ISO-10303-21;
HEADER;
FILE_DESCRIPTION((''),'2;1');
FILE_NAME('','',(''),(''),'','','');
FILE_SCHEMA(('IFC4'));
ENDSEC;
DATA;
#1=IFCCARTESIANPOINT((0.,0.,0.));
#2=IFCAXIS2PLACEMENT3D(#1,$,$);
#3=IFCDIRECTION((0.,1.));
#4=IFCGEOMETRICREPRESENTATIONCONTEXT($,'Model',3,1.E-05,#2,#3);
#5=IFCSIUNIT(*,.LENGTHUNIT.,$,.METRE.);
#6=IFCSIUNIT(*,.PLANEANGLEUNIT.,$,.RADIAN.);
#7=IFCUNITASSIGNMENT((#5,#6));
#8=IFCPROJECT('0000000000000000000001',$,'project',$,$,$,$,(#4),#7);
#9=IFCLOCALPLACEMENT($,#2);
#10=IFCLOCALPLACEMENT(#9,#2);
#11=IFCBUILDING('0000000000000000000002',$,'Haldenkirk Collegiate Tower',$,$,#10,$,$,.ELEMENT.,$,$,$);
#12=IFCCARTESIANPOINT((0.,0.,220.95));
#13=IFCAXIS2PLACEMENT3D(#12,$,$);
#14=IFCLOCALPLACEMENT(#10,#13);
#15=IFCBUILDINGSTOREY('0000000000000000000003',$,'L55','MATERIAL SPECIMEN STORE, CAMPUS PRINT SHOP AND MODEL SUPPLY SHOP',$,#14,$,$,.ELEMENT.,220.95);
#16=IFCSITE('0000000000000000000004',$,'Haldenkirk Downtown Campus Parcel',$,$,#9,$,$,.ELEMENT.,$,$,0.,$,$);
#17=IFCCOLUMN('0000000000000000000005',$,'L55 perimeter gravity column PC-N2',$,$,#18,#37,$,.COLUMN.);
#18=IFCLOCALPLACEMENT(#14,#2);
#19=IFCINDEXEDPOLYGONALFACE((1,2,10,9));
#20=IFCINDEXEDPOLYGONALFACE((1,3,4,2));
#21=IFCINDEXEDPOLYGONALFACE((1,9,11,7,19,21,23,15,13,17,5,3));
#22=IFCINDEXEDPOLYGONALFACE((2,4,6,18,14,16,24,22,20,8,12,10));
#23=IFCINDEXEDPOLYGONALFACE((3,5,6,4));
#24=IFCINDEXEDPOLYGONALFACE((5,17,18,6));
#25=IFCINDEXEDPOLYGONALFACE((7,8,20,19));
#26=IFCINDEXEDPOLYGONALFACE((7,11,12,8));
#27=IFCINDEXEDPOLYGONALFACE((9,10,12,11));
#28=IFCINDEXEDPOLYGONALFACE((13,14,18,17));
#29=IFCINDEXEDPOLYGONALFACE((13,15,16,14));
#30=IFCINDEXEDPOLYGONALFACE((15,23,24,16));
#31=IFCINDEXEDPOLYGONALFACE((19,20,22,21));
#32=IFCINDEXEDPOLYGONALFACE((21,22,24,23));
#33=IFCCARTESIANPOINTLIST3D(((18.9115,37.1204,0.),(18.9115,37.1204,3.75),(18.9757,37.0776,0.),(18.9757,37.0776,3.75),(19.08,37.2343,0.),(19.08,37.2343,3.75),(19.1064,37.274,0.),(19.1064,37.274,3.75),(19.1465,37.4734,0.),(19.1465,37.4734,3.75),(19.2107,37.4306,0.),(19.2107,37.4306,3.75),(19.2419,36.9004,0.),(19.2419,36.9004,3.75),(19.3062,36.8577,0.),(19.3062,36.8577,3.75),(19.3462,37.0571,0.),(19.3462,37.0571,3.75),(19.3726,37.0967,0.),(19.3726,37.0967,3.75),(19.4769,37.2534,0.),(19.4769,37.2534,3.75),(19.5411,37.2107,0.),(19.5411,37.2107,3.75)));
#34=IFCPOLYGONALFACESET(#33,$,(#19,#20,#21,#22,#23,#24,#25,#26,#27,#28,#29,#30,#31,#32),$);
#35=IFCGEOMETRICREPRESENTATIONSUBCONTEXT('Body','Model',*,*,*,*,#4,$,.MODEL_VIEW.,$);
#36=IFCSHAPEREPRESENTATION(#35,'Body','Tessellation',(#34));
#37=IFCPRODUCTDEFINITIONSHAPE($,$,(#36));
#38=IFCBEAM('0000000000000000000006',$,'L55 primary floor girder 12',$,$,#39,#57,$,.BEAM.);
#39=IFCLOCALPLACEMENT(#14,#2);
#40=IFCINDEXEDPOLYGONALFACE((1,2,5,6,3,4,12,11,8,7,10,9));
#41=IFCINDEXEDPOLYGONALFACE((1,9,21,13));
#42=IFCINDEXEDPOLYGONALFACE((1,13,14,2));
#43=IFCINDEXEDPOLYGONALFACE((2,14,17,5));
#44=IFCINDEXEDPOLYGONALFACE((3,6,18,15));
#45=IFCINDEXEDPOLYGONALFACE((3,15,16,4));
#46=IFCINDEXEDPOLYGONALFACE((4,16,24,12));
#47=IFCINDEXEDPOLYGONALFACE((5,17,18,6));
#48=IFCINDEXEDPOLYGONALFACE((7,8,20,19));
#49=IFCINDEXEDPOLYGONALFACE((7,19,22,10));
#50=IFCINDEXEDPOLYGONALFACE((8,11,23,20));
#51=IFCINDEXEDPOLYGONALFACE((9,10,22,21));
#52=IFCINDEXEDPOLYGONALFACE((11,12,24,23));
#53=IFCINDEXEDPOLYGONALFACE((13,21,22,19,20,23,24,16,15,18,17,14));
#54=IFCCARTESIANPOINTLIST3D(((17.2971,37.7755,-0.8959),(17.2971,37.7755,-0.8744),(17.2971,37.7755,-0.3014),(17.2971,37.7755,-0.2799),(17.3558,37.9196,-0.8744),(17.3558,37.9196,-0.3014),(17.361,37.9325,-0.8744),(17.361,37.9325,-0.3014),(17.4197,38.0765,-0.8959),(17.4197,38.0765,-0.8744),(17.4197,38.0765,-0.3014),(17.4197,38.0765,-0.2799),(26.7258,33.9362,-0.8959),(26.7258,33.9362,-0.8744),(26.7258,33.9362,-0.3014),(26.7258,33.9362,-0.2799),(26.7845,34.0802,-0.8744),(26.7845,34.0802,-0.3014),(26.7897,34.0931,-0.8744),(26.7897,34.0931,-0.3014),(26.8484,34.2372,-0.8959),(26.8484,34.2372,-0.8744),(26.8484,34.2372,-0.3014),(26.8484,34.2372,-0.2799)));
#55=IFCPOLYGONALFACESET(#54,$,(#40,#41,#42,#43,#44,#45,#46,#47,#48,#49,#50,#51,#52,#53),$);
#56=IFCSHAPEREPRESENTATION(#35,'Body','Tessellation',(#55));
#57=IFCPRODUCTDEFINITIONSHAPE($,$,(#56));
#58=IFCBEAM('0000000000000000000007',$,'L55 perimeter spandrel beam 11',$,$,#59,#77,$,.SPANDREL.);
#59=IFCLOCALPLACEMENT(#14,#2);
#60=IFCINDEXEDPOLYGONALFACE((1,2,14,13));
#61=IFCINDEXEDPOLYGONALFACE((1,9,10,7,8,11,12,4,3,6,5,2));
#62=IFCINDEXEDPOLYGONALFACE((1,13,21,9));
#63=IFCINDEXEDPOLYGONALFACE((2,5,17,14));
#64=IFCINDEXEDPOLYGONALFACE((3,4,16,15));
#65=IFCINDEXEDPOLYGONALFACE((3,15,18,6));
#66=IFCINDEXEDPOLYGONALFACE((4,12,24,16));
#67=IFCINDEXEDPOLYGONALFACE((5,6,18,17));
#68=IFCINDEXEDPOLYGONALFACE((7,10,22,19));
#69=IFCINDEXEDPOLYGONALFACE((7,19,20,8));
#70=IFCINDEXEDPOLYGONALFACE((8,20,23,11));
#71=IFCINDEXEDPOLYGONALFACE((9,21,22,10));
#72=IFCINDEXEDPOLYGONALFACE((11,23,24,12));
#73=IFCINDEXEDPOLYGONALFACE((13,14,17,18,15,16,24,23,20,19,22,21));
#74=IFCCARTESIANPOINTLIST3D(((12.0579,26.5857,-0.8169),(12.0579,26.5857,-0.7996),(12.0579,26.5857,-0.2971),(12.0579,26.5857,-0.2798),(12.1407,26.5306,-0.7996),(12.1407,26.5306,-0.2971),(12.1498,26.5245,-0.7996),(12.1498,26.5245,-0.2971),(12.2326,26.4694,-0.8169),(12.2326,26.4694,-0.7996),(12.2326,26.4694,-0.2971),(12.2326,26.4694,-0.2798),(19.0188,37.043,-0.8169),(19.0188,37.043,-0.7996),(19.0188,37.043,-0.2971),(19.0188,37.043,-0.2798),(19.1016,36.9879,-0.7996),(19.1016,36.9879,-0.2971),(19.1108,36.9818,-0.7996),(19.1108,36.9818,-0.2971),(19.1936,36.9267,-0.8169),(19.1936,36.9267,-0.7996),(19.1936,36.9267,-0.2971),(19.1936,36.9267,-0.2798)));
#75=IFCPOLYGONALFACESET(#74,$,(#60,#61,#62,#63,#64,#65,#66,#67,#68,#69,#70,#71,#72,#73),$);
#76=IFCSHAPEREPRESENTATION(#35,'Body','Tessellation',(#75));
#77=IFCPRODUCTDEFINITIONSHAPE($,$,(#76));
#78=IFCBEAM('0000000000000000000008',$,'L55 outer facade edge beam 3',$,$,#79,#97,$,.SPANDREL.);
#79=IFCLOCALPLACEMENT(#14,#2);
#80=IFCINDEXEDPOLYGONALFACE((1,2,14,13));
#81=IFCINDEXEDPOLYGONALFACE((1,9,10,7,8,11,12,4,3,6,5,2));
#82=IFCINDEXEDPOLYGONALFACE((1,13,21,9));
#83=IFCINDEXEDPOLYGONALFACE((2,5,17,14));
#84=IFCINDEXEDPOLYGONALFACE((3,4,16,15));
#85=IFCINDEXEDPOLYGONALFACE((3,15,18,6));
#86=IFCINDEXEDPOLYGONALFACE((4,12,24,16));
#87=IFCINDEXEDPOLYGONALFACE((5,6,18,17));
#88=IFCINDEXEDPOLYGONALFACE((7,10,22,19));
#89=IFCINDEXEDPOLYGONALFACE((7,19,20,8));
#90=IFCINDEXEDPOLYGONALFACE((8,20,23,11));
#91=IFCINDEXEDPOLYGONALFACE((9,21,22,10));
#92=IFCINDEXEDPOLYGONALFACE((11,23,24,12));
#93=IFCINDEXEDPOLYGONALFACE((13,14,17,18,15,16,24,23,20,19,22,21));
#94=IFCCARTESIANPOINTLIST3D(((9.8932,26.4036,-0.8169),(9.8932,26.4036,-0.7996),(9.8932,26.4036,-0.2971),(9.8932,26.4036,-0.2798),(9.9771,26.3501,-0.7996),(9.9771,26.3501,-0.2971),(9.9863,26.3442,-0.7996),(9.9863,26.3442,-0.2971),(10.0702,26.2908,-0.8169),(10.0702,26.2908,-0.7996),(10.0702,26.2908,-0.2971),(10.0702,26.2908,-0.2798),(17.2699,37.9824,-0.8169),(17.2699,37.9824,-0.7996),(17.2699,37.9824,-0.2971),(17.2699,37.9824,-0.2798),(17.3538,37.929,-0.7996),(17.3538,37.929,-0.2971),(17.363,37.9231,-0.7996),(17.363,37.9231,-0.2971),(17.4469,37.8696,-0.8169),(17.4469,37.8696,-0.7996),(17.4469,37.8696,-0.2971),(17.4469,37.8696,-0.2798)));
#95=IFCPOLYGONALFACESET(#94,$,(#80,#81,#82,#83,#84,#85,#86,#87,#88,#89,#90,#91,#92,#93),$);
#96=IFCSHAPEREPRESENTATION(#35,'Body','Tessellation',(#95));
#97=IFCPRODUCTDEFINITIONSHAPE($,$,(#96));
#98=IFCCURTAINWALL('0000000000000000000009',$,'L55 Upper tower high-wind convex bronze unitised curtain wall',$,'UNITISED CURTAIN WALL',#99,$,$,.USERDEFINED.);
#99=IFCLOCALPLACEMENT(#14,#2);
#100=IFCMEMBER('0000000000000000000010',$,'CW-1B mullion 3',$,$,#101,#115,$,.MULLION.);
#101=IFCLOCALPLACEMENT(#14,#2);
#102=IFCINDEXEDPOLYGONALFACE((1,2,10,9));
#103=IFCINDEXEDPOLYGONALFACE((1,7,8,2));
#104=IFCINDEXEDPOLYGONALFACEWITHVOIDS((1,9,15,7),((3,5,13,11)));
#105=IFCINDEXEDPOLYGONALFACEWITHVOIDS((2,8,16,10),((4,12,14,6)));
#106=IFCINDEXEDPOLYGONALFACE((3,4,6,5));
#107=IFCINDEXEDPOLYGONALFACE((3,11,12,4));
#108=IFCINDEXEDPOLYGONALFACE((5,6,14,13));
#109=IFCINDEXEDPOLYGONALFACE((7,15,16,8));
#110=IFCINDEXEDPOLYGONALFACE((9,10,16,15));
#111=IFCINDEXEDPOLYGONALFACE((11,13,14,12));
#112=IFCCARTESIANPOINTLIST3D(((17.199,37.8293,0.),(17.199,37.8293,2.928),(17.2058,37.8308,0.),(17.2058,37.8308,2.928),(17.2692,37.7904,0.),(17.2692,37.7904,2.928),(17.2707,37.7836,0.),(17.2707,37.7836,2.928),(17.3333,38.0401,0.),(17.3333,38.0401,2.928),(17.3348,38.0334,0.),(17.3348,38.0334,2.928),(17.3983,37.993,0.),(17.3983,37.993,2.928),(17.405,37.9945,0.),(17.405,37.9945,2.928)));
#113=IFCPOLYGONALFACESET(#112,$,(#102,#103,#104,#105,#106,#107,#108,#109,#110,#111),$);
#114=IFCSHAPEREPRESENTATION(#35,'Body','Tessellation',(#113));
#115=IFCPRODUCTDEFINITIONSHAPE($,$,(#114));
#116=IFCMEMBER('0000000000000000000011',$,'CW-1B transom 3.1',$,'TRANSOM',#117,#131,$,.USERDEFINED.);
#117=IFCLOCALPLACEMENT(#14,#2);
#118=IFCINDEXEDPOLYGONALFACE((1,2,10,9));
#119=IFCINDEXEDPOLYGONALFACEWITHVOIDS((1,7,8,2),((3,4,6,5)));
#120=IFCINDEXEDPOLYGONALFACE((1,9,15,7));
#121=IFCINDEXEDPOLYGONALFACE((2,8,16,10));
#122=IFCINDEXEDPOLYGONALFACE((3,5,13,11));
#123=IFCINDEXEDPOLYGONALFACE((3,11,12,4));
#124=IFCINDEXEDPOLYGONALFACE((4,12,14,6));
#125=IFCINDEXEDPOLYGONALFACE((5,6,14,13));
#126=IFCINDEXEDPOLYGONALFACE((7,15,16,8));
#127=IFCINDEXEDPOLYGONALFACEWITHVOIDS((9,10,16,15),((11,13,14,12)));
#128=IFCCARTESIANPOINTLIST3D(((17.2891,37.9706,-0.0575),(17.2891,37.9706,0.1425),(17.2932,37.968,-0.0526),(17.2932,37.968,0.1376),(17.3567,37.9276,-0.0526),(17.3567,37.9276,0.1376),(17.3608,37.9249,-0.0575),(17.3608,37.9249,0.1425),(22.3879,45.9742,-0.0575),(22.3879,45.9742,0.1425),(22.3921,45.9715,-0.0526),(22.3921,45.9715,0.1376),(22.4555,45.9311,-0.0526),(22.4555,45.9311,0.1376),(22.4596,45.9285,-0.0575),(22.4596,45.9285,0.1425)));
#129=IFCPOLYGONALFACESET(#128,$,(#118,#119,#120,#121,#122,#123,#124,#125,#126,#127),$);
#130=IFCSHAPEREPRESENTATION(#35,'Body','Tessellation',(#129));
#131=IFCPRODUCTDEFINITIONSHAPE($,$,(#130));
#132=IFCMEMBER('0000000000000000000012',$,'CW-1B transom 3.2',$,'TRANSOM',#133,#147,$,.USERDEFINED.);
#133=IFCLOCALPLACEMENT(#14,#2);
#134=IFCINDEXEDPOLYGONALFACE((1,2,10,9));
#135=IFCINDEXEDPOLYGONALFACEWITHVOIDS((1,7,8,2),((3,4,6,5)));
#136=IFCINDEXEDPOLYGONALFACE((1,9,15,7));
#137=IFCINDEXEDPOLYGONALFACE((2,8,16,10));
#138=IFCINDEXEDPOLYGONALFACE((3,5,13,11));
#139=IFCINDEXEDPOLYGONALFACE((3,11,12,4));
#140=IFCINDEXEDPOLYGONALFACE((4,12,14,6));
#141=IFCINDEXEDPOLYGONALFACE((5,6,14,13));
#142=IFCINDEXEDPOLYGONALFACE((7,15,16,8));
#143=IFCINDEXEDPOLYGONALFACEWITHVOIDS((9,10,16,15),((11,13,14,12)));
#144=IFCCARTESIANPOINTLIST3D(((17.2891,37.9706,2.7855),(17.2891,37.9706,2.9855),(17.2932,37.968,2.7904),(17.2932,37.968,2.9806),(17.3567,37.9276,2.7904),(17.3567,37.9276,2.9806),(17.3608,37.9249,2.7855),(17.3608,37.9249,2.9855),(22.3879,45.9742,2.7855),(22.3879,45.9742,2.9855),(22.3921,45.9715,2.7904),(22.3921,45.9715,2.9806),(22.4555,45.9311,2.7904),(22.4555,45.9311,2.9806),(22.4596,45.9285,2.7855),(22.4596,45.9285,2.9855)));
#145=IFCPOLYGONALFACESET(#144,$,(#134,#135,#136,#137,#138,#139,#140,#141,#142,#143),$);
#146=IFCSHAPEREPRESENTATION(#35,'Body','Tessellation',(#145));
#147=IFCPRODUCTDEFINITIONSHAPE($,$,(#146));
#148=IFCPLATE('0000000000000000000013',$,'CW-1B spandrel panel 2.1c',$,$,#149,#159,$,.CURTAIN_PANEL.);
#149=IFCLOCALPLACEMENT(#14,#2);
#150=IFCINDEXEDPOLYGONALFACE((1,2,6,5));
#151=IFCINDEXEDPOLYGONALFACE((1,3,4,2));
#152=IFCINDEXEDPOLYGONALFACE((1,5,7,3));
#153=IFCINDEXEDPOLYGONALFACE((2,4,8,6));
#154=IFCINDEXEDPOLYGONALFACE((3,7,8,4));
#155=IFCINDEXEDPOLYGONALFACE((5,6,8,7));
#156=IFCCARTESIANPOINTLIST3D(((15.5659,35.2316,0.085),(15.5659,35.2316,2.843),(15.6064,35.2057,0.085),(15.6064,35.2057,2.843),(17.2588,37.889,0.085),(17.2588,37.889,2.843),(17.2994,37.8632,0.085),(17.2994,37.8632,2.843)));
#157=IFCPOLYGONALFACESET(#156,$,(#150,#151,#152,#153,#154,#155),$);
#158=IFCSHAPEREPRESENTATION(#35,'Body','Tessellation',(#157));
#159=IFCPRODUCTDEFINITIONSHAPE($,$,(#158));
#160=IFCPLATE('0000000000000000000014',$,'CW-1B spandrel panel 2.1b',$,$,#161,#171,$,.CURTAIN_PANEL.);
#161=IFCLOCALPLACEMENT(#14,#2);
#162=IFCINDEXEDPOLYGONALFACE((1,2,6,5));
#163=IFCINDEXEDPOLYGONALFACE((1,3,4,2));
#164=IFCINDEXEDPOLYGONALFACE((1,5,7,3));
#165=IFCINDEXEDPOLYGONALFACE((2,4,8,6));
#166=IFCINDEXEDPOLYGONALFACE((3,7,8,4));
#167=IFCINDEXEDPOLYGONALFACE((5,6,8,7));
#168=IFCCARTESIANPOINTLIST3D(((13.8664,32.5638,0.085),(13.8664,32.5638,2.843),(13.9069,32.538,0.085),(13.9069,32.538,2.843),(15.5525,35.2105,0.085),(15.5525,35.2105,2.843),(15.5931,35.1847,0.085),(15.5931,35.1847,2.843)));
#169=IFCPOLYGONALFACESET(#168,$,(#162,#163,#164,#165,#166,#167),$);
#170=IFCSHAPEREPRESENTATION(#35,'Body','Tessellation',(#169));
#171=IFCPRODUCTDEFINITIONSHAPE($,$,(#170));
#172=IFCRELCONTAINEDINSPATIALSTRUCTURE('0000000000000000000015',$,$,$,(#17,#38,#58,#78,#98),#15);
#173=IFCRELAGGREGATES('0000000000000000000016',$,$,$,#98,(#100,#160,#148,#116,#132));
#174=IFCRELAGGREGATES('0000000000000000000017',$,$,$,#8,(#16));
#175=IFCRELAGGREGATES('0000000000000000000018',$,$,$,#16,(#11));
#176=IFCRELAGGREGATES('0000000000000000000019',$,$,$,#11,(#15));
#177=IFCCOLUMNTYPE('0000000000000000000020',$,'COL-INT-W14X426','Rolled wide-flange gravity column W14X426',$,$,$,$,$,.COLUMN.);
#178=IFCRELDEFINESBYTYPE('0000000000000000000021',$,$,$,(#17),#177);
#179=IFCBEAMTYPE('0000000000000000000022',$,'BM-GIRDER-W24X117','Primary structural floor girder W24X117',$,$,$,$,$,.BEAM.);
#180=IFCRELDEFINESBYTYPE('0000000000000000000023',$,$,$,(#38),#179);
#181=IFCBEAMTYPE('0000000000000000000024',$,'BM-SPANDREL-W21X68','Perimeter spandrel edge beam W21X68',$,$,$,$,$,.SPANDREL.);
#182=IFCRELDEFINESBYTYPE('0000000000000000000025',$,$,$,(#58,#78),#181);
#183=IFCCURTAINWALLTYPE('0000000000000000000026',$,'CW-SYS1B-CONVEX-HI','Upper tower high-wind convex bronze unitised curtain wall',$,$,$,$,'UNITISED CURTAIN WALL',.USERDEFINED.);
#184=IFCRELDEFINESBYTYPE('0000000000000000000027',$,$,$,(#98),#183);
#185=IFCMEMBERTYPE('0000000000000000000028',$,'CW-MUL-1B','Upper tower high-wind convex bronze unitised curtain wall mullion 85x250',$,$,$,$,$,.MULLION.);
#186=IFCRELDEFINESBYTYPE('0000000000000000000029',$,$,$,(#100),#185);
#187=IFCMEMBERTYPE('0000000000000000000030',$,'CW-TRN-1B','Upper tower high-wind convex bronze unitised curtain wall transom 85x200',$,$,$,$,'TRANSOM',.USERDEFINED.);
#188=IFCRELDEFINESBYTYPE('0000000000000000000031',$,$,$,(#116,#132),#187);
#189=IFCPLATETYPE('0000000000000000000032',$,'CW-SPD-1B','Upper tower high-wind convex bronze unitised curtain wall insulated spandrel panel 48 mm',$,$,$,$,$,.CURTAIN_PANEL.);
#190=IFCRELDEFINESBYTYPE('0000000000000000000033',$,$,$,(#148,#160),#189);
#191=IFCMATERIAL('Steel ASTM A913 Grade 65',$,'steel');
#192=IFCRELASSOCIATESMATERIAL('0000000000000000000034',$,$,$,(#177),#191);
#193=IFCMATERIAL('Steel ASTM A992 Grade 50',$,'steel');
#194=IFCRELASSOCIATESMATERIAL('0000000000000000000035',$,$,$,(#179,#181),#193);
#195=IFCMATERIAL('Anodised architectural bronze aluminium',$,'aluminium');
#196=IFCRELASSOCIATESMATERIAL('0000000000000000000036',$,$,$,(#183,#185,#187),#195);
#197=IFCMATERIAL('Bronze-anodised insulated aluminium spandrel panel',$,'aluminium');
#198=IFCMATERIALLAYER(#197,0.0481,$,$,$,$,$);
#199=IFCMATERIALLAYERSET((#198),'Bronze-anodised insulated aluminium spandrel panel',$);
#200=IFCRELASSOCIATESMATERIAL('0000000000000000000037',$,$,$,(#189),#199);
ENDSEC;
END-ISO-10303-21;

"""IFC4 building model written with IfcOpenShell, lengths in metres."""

from ifc_helpers import new_model, si_unit, direction, frame, origin, origin_2d, place, context, subcontext, project, spatial, rectangle, hollow_rectangle, i_section, extrude, source, transform, mapped, material, layer, layer_set, material_profile, profile_set, type_object, element, aggregate, save


model = new_model("IFC4")

# Units and contexts
model_context = context("Model", 3, precision=1e-05, world=origin(), true_north=direction((0.0, 1.0)))
body_context = subcontext(model_context, "Body", "Model", "MODEL_VIEW")
ifc_project = project(units=[si_unit("LENGTHUNIT", "METRE"), si_unit("PLANEANGLEUNIT", "RADIAN")], contexts=[model_context])

# Site, building, storey
site_placement = place(None, origin())
site = spatial("IfcSite", under=ifc_project, at=site_placement, Name="Haldenkirk Downtown Campus Parcel", CompositionType="ELEMENT", RefElevation=0.0)
building_placement = place(site_placement, origin())
building = spatial("IfcBuilding", under=site, at=building_placement, Name="Haldenkirk Collegiate Tower", CompositionType="ELEMENT")
storey_placement = place(building_placement, frame((0.0, 0.0, 220.95)))
storey = spatial("IfcBuildingStorey", under=building, at=storey_placement, Name="L55", Description="MATERIAL SPECIMEN STORE, CAMPUS PRINT SHOP AND MODEL SUPPLY SHOP", CompositionType="ELEMENT", Elevation=220.95)

# Column
ifc_material_1 = material(Name="Steel ASTM A913 Grade 65", Category="steel")
ifc_material_profile_1 = material_profile(ifc_material_1, i_section(OverallWidth=0.4241, OverallDepth=0.4741, WebThickness=0.0476, FlangeThickness=0.0771, at=origin_2d()), Name="W14X426")
ifc_profile_set_1 = profile_set([ifc_material_profile_1], Name="Steel ASTM A913 Grade 65")
column_type = type_object("IfcColumnType", Name="COL-INT-W14X426", Description="Rolled wide-flange gravity column W14X426", PredefinedType="COLUMN", material=ifc_profile_set_1)
column_placement = place(storey_placement, frame((19.2263, 37.1655, 0.0), z_axis=(0.0, 0.0, 1.0), x_axis=(0.554118, 0.832438, 0.0)))
element("IfcColumn", 1, at=column_placement, inside=storey, type_object=column_type, Name="L55 perimeter gravity column PC-N2", PredefinedType="COLUMN", context=body_context, shape_type="SweptSolid", body=[
    extrude(i_section(OverallWidth=0.4241, OverallDepth=0.4741, WebThickness=0.0476, FlangeThickness=0.0771, at=origin_2d()), origin(), (0.0, 0.0, 1.0), 3.75),
])

# Beams
ifc_material_2 = material(Name="Steel ASTM A992 Grade 50", Category="steel")
ifc_material_profile_2 = material_profile(ifc_material_2, i_section(OverallWidth=0.325, OverallDepth=0.616, WebThickness=0.0139, FlangeThickness=0.0215, at=origin_2d()), Name="W24X117")
ifc_profile_set_2 = profile_set([ifc_material_profile_2], Name="Steel ASTM A992 Grade 50")
beam_type_1 = type_object("IfcBeamType", Name="BM-GIRDER-W24X117", Description="Primary structural floor girder W24X117", PredefinedType="BEAM", material=ifc_profile_set_2)
beam_1_placement = place(storey_placement, frame((17.3584, 37.926, -0.5879), z_axis=(0.92616, -0.377131, 0.0), x_axis=(0.377131, 0.92616, 0.0)))
element("IfcBeam", 2, at=beam_1_placement, inside=storey, type_object=beam_type_1, Name="L55 primary floor girder 12", PredefinedType="BEAM", context=body_context, shape_type="SweptSolid", body=[
    extrude(i_section(OverallWidth=0.325, OverallDepth=0.616, WebThickness=0.0139, FlangeThickness=0.0215, at=origin_2d()), origin(), (0.0, 0.0, 1.0), 10.1804),
])
ifc_material_profile_3 = material_profile(ifc_material_2, i_section(OverallWidth=0.21, OverallDepth=0.5371, WebThickness=0.011, FlangeThickness=0.0173, at=origin_2d()), Name="W21X68")
ifc_profile_set_3 = profile_set([ifc_material_profile_3], Name="Steel ASTM A992 Grade 50")
beam_type_2 = type_object("IfcBeamType", Name="BM-SPANDREL-W21X68", Description="Perimeter spandrel edge beam W21X68", PredefinedType="SPANDREL", material=ifc_profile_set_3)
beam_2_placement = place(storey_placement, frame((19.1062, 36.9849, -0.5483), z_axis=(-0.554117, -0.832439, 0.0), x_axis=(0.832439, -0.554117, 0.0)))
element("IfcBeam", 3, at=beam_2_placement, inside=storey, type_object=beam_type_2, Name="L55 perimeter spandrel beam 11", PredefinedType="SPANDREL", context=body_context, shape_type="SweptSolid", body=[
    extrude(i_section(OverallWidth=0.21, OverallDepth=0.5371, WebThickness=0.011, FlangeThickness=0.0173, at=origin_2d()), origin(), (0.0, 0.0, 1.0), 12.5623),
])
beam_3_placement = place(storey_placement, frame((17.3584, 37.926, -0.5483), z_axis=(-0.537308, -0.843386, 0.0), x_axis=(0.843386, -0.537308, 0.0)))
element("IfcBeam", 4, at=beam_3_placement, inside=storey, type_object=beam_type_2, Name="L55 outer facade edge beam 3", PredefinedType="SPANDREL", context=body_context, shape_type="SweptSolid", body=[
    extrude(i_section(OverallWidth=0.21, OverallDepth=0.5371, WebThickness=0.011, FlangeThickness=0.0173, at=origin_2d()), origin(), (0.0, 0.0, 1.0), 13.729),
])

# Curtain wall, members, plates
ifc_material_3 = material(Name="Anodised architectural bronze aluminium", Category="aluminium")
curtain_wall_type = type_object("IfcCurtainWallType", Name="CW-SYS1B-CONVEX-HI", Description="Upper tower high-wind convex bronze unitised curtain wall", ElementType="UNITISED CURTAIN WALL", PredefinedType="USERDEFINED", material=ifc_material_3)
curtain_wall_placement = place(storey_placement, origin())
curtain_wall = element("IfcCurtainWall", 5, at=curtain_wall_placement, inside=storey, type_object=curtain_wall_type, Name="L55 Upper tower high-wind convex bronze unitised curtain wall", ObjectType="UNITISED CURTAIN WALL", PredefinedType="USERDEFINED")
ifc_material_profile_4 = material_profile(ifc_material_3, hollow_rectangle(XDim=0.085, YDim=0.25, WallThickness=0.0049, at=origin_2d()), Name="CW-MUL-1B")
ifc_profile_set_4 = profile_set([ifc_material_profile_4], Name="Anodised architectural bronze aluminium")
member_type_1 = type_object("IfcMemberType", Name="CW-MUL-1B", Description="Upper tower high-wind convex bronze unitised curtain wall mullion 85x250", PredefinedType="MULLION", material=ifc_profile_set_4)
member_1_placement = place(storey_placement, frame((17.302, 37.9119, 0.0), z_axis=(0.0, 0.0, 1.0), x_axis=(-0.84339, 0.537301, 0.0)))
member_1 = element("IfcMember", 6, at=member_1_placement, type_object=member_type_1, Name="CW-1B mullion 3", PredefinedType="MULLION", context=body_context, shape_type="SweptSolid", body=[
    extrude(hollow_rectangle(XDim=0.085, YDim=0.25, WallThickness=0.0049, at=origin_2d()), origin(), (0.0, 0.0, 1.0), 2.928),
])
ifc_material_profile_5 = material_profile(ifc_material_3, hollow_rectangle(XDim=0.085, YDim=0.2, WallThickness=0.0049, at=origin_2d()), Name="CW-TRN-1B")
ifc_profile_set_5 = profile_set([ifc_material_profile_5], Name="Anodised architectural bronze aluminium")
member_type_2 = type_object("IfcMemberType", Name="CW-TRN-1B", Description="Upper tower high-wind convex bronze unitised curtain wall transom 85x200", ElementType="TRANSOM", PredefinedType="USERDEFINED", material=ifc_profile_set_5)
member_2_placement = place(storey_placement, frame((17.325, 37.9478, 0.0425), z_axis=(0.537298, 0.843392, 0.0), x_axis=(-0.843392, 0.537298, 0.0)))
member_2 = element("IfcMember", 7, at=member_2_placement, type_object=member_type_2, Name="CW-1B transom 3.1", ObjectType="TRANSOM", PredefinedType="USERDEFINED", context=body_context, shape_type="SweptSolid", body=[
    extrude(hollow_rectangle(XDim=0.085, YDim=0.2, WallThickness=0.0049, at=origin_2d()), origin(), (0.0, 0.0, 1.0), 9.4897),
])
member_3_placement = place(storey_placement, frame((17.325, 37.9478, 2.8855), z_axis=(0.537298, 0.843392, 0.0), x_axis=(-0.843392, 0.537298, 0.0)))
member_3 = element("IfcMember", 8, at=member_3_placement, type_object=member_type_2, Name="CW-1B transom 3.2", ObjectType="TRANSOM", PredefinedType="USERDEFINED", context=body_context, shape_type="SweptSolid", body=[
    extrude(hollow_rectangle(XDim=0.085, YDim=0.2, WallThickness=0.0049, at=origin_2d()), origin(), (0.0, 0.0, 1.0), 9.4897),
])
ifc_material_4 = material(Name="Bronze-anodised insulated aluminium spandrel panel", Category="aluminium")
ifc_layer_1 = layer(ifc_material_4, 0.0481)
ifc_layer_set_1 = layer_set([ifc_layer_1], Name="Bronze-anodised insulated aluminium spandrel panel")
plate_type = type_object("IfcPlateType", Name="CW-SPD-1B", Description="Upper tower high-wind convex bronze unitised curtain wall insulated spandrel panel 48 mm", PredefinedType="CURTAIN_PANEL", material=ifc_layer_set_1)
shared_shape_1 = source(origin(), body_context, "Body", "SweptSolid", [
    extrude(rectangle(XDim=3.1509, YDim=0.0481, at=origin_2d()), origin(), (0.0, 0.0, 1.0), 2.7581),
])
plate_1_placement = place(storey_placement, frame((16.4326, 36.5474, 0.085), z_axis=(0.0, 0.0, 1.0), x_axis=(0.537301, 0.84339, 0.0)))
plate_1 = element("IfcPlate", 9, at=plate_1_placement, type_object=plate_type, Name="CW-1B spandrel panel 2.1c", PredefinedType="CURTAIN_PANEL", context=body_context, shape_type="MappedRepresentation", body=[
    mapped(shared_shape_1, transform((0.0, 0.0, 0.0), x_axis=(1.0, 0.0, 0.0), y_axis=(0.0, 1.0, 0.0), z_axis=(0.0, 0.0, 1.0), scale=1.0)),
])
shared_shape_2 = source(origin(), body_context, "Body", "SweptSolid", [
    extrude(rectangle(XDim=3.1382, YDim=0.0481, at=origin_2d()), origin(), (0.0, 0.0, 1.0), 2.7581),
])
plate_2_placement = place(storey_placement, frame((14.7297, 33.8743, 0.085), z_axis=(0.0, 0.0, 1.0), x_axis=(0.537301, 0.84339, 0.0)))
plate_2 = element("IfcPlate", 10, at=plate_2_placement, type_object=plate_type, Name="CW-1B spandrel panel 2.1b", PredefinedType="CURTAIN_PANEL", context=body_context, shape_type="MappedRepresentation", body=[
    mapped(shared_shape_2, transform((0.0, 0.0, 0.0), x_axis=(1.0, 0.0, 0.0), y_axis=(0.0, 1.0, 0.0), z_axis=(0.0, 0.0, 1.0), scale=1.0)),
])
aggregate(curtain_wall, [member_1, plate_2, plate_1, member_2, member_3])

save(model, "model.ifc")
